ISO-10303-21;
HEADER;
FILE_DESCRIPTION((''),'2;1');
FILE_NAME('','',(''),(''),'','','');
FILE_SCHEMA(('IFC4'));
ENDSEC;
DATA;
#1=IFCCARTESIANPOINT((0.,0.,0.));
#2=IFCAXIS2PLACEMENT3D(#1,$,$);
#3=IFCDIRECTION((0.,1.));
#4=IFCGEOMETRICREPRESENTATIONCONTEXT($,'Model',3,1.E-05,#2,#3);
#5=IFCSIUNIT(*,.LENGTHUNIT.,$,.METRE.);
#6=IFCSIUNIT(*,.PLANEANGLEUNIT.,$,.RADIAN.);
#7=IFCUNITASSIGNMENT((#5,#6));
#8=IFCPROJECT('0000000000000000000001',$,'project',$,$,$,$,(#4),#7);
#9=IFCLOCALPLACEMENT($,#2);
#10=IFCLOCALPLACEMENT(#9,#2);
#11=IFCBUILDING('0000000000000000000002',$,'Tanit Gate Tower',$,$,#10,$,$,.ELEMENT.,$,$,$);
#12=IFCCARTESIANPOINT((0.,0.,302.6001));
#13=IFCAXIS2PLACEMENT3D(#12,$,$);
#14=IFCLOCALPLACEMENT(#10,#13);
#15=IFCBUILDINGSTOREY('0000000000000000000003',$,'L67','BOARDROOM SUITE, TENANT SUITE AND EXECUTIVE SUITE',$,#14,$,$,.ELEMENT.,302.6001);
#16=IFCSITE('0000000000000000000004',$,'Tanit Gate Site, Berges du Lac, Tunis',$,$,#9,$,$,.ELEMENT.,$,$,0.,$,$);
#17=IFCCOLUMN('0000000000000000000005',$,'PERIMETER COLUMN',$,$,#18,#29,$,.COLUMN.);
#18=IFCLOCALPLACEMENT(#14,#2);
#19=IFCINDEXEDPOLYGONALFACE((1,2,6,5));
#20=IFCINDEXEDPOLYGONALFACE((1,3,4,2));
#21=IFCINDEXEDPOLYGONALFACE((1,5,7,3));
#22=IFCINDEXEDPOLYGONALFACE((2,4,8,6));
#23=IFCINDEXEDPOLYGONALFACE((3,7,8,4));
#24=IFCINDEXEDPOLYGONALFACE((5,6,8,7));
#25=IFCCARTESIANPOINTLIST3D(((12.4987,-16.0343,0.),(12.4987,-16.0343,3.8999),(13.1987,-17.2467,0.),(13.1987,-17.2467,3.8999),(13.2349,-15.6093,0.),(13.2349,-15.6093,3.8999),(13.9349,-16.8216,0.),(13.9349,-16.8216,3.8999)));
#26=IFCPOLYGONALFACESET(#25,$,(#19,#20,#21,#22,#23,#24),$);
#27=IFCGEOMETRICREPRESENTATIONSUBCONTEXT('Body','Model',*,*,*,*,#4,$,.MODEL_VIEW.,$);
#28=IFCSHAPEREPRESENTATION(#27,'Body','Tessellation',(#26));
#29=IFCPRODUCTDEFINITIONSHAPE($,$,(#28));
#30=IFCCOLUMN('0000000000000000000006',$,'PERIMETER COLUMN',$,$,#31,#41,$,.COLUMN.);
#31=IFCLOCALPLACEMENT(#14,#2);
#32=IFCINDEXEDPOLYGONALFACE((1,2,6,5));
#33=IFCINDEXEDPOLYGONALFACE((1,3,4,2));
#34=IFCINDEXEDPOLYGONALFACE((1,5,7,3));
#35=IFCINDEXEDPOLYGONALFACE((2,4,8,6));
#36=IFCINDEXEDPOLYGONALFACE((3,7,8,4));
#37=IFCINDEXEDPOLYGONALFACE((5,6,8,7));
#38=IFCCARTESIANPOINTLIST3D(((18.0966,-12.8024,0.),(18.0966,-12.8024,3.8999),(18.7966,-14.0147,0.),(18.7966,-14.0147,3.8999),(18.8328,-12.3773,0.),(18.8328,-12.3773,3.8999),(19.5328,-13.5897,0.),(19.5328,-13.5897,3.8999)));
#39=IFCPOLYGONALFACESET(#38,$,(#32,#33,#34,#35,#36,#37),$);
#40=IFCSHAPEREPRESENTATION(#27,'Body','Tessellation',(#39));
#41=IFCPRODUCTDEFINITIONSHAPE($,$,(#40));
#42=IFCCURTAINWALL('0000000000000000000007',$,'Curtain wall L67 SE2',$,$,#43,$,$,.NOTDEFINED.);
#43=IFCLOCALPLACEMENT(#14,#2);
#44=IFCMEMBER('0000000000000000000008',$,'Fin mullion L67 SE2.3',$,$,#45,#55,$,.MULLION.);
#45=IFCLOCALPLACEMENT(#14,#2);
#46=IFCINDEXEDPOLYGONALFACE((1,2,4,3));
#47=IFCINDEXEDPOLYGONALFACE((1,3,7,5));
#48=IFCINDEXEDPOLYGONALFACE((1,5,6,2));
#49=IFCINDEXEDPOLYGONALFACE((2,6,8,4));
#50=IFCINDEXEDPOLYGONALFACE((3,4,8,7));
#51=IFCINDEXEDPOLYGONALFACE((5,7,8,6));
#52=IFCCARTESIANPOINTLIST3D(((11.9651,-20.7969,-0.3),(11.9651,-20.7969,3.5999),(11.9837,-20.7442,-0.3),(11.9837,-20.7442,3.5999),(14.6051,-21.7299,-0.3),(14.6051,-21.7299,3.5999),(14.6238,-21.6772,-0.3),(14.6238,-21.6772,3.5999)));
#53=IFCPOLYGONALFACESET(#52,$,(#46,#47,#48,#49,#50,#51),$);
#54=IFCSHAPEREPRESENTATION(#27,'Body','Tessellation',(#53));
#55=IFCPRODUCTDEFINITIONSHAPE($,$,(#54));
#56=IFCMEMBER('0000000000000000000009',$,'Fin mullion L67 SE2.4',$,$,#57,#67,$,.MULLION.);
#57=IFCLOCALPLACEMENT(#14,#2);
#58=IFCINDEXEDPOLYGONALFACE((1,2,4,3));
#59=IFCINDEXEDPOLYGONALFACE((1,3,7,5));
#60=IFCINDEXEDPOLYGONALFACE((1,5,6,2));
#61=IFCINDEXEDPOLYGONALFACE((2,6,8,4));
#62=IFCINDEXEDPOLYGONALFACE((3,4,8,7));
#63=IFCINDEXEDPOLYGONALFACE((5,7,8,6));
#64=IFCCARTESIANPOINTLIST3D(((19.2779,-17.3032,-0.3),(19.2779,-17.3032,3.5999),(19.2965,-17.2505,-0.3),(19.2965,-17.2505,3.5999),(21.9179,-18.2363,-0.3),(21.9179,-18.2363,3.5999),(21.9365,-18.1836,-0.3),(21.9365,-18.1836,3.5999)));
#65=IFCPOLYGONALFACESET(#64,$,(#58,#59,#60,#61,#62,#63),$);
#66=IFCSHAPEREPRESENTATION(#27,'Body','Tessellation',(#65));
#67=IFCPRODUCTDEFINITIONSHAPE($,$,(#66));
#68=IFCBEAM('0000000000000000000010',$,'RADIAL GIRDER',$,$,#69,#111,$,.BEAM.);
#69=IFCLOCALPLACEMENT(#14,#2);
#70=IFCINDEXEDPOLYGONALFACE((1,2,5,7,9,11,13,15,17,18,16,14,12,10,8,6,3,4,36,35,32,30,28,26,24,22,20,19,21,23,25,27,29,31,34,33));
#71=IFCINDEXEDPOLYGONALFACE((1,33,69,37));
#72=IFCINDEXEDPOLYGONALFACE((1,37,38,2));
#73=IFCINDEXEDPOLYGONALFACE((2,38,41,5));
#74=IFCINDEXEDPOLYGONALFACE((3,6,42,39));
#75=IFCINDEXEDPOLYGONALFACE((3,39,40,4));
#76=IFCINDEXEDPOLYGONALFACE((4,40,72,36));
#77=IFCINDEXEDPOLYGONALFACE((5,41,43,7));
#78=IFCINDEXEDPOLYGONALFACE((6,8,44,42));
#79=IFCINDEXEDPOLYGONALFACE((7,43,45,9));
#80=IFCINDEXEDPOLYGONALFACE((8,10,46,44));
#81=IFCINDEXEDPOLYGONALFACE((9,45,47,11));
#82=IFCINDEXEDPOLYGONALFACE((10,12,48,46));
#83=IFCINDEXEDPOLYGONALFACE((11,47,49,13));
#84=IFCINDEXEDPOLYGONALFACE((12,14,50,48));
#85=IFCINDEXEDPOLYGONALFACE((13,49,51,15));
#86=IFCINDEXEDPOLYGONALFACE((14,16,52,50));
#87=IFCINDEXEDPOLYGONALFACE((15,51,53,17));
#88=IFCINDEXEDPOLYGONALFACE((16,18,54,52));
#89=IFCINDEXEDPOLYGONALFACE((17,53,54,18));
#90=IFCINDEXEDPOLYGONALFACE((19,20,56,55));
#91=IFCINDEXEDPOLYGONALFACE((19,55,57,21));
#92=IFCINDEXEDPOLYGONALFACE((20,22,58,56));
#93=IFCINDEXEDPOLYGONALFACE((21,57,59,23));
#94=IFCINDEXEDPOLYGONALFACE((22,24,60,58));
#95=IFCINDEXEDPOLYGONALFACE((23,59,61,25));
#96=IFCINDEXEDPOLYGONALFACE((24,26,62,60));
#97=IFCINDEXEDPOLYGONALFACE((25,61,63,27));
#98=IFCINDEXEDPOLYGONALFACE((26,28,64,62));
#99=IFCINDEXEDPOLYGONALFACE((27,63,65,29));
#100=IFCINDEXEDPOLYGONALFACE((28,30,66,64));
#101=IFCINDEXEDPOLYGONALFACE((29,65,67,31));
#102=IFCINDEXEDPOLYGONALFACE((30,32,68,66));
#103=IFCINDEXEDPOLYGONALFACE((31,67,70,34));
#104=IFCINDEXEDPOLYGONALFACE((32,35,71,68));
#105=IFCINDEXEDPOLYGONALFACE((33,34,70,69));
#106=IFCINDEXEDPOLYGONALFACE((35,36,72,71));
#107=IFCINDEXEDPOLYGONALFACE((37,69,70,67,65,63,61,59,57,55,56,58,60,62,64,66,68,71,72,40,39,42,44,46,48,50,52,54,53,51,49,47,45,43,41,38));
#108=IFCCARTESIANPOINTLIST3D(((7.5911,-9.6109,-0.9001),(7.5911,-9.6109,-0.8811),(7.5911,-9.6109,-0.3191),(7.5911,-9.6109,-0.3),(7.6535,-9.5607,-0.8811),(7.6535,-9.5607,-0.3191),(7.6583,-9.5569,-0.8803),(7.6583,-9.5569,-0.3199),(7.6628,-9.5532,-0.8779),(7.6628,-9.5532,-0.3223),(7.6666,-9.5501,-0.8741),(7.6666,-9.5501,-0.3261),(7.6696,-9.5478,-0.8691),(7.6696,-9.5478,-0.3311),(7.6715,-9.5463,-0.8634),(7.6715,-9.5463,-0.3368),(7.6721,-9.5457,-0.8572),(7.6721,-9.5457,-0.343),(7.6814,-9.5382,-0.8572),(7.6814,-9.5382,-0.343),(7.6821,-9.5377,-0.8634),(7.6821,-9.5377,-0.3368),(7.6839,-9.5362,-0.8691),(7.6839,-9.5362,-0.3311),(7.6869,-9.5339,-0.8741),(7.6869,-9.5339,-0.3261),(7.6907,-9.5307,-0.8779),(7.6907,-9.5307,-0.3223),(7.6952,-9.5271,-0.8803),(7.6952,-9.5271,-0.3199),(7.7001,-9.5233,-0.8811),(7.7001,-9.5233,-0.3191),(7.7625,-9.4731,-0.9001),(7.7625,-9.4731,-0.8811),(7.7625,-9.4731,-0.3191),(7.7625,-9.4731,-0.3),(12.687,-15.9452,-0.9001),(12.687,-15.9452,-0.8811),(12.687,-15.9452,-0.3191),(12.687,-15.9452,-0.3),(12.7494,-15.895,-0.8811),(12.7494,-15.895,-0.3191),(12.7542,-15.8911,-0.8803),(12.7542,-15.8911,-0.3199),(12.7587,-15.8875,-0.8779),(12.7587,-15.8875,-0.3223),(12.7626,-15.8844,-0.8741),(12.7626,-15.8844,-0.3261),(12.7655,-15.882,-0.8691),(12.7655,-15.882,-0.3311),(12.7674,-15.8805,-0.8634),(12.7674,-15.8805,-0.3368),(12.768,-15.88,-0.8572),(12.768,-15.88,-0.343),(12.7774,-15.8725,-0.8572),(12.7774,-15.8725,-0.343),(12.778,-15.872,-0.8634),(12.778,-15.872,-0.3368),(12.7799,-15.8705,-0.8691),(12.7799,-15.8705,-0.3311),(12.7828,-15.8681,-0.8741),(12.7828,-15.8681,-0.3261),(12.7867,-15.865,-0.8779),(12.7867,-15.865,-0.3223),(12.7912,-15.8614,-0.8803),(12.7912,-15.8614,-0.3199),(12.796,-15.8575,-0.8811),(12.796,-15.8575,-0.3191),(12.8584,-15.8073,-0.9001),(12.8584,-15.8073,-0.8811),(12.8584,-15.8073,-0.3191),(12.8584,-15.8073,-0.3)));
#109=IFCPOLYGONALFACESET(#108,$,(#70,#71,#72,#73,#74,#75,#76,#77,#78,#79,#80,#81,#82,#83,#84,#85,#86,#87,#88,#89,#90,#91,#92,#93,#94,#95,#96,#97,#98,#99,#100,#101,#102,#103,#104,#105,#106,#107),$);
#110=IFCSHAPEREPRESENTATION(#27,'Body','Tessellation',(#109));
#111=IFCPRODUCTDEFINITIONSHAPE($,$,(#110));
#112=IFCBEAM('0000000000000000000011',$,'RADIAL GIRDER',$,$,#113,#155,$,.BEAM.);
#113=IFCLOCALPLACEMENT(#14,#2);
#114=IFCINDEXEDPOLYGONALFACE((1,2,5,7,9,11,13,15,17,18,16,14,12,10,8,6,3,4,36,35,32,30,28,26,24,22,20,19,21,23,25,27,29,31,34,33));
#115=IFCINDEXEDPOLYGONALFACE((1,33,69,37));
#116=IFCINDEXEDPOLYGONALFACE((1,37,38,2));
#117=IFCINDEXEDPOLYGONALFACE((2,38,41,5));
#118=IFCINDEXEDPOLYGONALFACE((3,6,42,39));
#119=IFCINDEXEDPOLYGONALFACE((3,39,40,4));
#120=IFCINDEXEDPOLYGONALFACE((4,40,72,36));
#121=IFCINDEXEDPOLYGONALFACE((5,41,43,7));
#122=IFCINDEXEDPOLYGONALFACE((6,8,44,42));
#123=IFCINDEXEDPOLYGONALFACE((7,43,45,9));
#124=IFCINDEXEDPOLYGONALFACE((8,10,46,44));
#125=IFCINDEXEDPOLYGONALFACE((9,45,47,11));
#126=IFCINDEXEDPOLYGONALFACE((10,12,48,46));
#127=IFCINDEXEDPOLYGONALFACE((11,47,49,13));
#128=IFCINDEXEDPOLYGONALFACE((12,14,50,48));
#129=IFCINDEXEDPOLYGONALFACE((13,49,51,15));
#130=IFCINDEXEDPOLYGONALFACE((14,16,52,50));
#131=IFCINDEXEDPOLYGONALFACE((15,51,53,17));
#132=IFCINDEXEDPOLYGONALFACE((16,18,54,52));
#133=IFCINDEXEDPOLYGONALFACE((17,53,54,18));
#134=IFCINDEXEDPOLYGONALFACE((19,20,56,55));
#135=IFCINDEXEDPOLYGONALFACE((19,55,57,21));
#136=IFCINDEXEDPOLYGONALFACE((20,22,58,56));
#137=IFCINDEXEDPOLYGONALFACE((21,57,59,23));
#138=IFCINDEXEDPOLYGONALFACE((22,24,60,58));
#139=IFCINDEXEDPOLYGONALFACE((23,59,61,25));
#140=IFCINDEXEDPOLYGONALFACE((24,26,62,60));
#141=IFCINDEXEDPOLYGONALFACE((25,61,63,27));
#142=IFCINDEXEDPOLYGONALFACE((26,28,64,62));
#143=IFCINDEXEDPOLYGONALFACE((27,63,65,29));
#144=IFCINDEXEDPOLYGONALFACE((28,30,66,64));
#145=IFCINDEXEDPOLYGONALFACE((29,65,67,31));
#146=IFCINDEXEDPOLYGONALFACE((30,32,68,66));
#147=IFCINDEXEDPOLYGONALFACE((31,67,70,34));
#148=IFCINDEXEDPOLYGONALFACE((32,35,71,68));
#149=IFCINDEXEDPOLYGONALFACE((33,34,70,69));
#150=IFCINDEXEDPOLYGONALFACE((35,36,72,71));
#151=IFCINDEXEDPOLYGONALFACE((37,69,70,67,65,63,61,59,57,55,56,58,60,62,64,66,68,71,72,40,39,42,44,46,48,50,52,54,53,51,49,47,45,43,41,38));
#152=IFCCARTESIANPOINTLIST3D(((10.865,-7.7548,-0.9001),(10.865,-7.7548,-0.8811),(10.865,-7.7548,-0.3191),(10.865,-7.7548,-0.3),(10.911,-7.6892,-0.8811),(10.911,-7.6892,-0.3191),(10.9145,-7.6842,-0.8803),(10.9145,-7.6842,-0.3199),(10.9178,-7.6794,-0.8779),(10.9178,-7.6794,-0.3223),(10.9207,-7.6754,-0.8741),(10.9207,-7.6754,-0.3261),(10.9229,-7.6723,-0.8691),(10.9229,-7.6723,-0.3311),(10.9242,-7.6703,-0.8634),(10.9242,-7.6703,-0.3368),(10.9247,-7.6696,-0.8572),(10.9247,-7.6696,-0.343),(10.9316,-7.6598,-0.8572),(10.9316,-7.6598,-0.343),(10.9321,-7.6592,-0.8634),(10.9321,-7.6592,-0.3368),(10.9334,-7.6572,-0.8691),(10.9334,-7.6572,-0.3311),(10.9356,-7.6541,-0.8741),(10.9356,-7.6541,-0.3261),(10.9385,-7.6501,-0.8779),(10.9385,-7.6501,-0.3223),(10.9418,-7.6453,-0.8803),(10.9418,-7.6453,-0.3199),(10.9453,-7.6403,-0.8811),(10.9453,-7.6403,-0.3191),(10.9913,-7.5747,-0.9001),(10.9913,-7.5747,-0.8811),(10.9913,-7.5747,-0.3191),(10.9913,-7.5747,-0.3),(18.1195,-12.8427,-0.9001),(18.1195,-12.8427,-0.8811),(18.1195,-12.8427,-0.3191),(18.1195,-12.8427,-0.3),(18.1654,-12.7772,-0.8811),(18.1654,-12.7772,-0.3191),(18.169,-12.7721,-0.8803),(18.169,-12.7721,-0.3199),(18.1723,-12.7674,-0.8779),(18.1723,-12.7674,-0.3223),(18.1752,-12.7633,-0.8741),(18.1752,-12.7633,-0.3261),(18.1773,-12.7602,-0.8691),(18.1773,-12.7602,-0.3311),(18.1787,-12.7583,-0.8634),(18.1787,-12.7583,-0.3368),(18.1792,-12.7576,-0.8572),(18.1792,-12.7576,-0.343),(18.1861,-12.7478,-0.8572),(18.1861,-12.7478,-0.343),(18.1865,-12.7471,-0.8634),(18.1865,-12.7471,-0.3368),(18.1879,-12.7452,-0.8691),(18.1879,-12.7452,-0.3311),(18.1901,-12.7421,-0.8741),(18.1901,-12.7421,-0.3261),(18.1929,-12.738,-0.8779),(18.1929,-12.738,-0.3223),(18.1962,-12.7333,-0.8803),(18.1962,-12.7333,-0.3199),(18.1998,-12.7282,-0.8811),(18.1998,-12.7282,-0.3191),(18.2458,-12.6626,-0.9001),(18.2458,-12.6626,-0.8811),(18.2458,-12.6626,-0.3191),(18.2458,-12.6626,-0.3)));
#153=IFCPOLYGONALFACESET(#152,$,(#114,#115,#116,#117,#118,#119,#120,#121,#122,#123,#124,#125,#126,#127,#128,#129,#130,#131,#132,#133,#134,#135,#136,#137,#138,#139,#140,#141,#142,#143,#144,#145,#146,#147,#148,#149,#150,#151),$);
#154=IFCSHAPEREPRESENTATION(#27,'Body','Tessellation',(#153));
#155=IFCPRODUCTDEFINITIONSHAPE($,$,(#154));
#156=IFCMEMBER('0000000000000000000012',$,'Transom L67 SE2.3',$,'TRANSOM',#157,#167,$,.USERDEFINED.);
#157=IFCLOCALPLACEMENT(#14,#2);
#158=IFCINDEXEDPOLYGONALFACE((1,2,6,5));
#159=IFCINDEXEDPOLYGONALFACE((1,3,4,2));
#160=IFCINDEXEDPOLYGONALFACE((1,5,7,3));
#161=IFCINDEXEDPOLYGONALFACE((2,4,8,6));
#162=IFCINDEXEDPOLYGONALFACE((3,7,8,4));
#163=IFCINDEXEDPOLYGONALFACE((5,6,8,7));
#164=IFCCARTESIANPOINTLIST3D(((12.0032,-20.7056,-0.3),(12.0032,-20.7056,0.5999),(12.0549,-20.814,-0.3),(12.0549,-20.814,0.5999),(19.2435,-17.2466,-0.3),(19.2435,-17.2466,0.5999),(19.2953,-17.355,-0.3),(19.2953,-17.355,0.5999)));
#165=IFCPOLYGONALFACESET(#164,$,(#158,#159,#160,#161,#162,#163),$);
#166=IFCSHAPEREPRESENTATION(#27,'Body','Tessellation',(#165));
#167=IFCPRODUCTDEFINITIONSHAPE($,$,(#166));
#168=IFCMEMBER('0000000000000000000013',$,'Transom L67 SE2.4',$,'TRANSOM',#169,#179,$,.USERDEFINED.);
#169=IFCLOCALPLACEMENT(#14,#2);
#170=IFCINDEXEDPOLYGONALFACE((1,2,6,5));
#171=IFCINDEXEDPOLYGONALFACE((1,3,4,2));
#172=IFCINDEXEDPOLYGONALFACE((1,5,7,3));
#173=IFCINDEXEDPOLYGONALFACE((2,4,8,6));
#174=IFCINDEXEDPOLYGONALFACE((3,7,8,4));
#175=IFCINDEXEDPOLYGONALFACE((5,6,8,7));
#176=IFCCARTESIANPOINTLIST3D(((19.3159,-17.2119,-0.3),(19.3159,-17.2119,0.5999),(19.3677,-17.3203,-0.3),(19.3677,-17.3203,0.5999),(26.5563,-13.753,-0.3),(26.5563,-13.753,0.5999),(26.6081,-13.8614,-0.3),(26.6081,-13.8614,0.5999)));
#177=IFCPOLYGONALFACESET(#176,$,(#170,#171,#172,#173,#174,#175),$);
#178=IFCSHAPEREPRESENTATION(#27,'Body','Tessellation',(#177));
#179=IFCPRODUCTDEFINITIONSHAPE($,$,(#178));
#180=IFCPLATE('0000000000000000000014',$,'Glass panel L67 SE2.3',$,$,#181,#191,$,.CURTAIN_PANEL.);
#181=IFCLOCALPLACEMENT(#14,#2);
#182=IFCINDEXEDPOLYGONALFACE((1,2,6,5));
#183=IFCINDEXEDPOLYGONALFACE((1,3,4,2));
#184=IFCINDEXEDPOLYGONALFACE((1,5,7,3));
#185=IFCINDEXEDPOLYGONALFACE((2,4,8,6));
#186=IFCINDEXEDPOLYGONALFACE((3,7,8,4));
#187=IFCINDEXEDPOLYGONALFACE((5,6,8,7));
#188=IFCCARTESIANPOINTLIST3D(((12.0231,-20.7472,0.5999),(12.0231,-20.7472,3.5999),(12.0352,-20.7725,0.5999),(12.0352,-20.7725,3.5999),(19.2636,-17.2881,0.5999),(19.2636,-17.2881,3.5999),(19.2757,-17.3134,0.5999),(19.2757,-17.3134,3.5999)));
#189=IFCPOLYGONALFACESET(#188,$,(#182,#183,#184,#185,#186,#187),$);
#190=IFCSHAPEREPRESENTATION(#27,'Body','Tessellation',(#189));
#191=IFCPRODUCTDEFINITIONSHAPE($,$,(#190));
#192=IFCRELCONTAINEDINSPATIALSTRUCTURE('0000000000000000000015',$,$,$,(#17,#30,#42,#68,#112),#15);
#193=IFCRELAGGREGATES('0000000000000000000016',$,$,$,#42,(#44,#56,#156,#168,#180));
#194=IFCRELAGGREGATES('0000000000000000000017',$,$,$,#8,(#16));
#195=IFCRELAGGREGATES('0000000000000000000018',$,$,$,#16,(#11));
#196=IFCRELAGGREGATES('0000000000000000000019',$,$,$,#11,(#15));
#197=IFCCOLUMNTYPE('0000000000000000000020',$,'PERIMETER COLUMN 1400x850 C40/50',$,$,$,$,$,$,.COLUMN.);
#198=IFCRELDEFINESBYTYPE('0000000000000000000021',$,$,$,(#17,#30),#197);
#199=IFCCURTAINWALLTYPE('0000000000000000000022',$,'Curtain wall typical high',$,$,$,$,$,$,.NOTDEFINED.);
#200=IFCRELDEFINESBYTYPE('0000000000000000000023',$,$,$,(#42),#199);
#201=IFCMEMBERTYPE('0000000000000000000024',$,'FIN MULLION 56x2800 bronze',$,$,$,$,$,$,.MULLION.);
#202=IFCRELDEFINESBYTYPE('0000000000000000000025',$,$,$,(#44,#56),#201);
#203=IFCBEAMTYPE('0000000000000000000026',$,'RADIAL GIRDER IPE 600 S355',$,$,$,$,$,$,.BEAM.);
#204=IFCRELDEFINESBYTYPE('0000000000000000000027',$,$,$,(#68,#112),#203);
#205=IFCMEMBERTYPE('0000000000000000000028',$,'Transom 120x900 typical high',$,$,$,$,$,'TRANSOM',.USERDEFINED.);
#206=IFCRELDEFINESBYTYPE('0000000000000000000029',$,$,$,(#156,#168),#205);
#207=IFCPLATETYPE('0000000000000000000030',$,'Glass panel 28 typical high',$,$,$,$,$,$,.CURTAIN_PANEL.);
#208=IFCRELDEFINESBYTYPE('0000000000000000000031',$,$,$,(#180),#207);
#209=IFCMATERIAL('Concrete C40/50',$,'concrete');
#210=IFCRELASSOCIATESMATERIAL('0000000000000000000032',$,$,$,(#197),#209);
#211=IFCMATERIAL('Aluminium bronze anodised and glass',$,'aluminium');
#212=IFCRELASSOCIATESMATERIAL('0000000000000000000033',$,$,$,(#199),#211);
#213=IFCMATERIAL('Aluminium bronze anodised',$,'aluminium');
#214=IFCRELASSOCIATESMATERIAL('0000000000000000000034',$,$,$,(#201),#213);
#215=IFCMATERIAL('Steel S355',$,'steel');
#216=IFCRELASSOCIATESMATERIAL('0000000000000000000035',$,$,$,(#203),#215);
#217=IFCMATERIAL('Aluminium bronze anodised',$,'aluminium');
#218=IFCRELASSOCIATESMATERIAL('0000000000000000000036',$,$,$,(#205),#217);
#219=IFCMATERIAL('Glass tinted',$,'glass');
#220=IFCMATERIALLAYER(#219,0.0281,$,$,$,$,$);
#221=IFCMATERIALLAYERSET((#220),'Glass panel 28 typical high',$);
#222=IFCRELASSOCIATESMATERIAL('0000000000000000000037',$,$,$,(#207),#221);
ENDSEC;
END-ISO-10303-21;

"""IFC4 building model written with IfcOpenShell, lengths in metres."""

from ifc_helpers import new_model, si_unit, direction, frame, origin, origin_2d, place, context, subcontext, project, spatial, rectangle, i_section, extrude, material, layer, layer_set, material_profile, profile_set, type_object, element, aggregate, save


model = new_model("IFC4")

# Units and contexts
model_context = context("Model", 3, precision=1e-05, world=origin(), true_north=direction((0.0, 1.0)))
body_context = subcontext(model_context, "Body", "Model", "MODEL_VIEW")
ifc_project = project(units=[si_unit("LENGTHUNIT", "METRE"), si_unit("PLANEANGLEUNIT", "RADIAN")], contexts=[model_context])

# Site, building, storey
site_placement = place(None, origin())
site = spatial("IfcSite", under=ifc_project, at=site_placement, Name="Tanit Gate Site, Berges du Lac, Tunis", CompositionType="ELEMENT", RefElevation=0.0)
building_placement = place(site_placement, origin())
building = spatial("IfcBuilding", under=site, at=building_placement, Name="Tanit Gate Tower", CompositionType="ELEMENT")
storey_placement = place(building_placement, frame((0.0, 0.0, 302.6001)))
storey = spatial("IfcBuildingStorey", under=building, at=storey_placement, Name="L67", Description="BOARDROOM SUITE, TENANT SUITE AND EXECUTIVE SUITE", CompositionType="ELEMENT", Elevation=302.6001)

# Columns
ifc_material_1 = material(Name="Concrete C40/50", Category="concrete")
ifc_material_profile_1 = material_profile(ifc_material_1, rectangle(XDim=1.3999, YDim=0.8501, at=origin_2d()), Name="RC 1400x850")
ifc_profile_set_1 = profile_set([ifc_material_profile_1], Name="Concrete C40/50")
column_type = type_object("IfcColumnType", Name="PERIMETER COLUMN 1400x850 C40/50", PredefinedType="COLUMN", material=ifc_profile_set_1)
for number, where, z_axis, x_axis, name in (
    (1, (13.2168, -16.428, 0.0), (0.0, 0.0, 1.0), (0.5, -0.866025, 0.0), "PERIMETER COLUMN"),
    (2, (18.8147, -13.196, 0.0), (0.0, 0.0, 1.0), (0.5, -0.866025, 0.0), "PERIMETER COLUMN"),
):
    element("IfcColumn", number, at=place(storey_placement, frame(where, z_axis=z_axis, x_axis=x_axis)), inside=storey, type_object=column_type, Name=name, PredefinedType="COLUMN", context=body_context, shape_type="SweptSolid", body=[
        extrude(rectangle(XDim=1.3999, YDim=0.8501, at=origin_2d()), origin(), (0.0, 0.0, 1.0), 3.8999),
    ])

# Curtain wall, members
ifc_material_2 = material(Name="Aluminium bronze anodised and glass", Category="aluminium")
curtain_wall_type = type_object("IfcCurtainWallType", Name="Curtain wall typical high", PredefinedType="NOTDEFINED", material=ifc_material_2)
curtain_wall_placement = place(storey_placement, origin())
curtain_wall = element("IfcCurtainWall", 3, at=curtain_wall_placement, inside=storey, type_object=curtain_wall_type, Name="Curtain wall L67 SE2", PredefinedType="NOTDEFINED")
ifc_material_3 = material(Name="Aluminium bronze anodised", Category="aluminium")
ifc_material_profile_2 = material_profile(ifc_material_3, rectangle(XDim=2.8, YDim=0.0559, at=origin_2d()), Name="56x2800 bronze fin mullion")
ifc_profile_set_2 = profile_set([ifc_material_profile_2], Name="Aluminium bronze anodised")
member_type_1 = type_object("IfcMemberType", Name="FIN MULLION 56x2800 bronze", PredefinedType="MULLION", material=ifc_profile_set_2)
member_1_placement = place(storey_placement, frame((13.2944, -21.2371, -0.3), z_axis=(0.0, 0.0, 1.0), x_axis=(-0.942849, 0.33322, 0.0)))
member_1 = element("IfcMember", 4, at=member_1_placement, type_object=member_type_1, Name="Fin mullion L67 SE2.3", PredefinedType="MULLION", context=body_context, shape_type="SweptSolid", body=[
    extrude(rectangle(XDim=2.8, YDim=0.0559, at=origin_2d()), origin(), (0.0, 0.0, 1.0), 3.8999),
])
member_2_placement = place(storey_placement, frame((20.6072, -17.7434, -0.3), z_axis=(0.0, 0.0, 1.0), x_axis=(-0.942849, 0.33322, 0.0)))
member_2 = element("IfcMember", 5, at=member_2_placement, type_object=member_type_1, Name="Fin mullion L67 SE2.4", PredefinedType="MULLION", context=body_context, shape_type="SweptSolid", body=[
    extrude(rectangle(XDim=2.8, YDim=0.0559, at=origin_2d()), origin(), (0.0, 0.0, 1.0), 3.8999),
])

# Beams
ifc_material_4 = material(Name="Steel S355", Category="steel")
ifc_material_profile_3 = material_profile(ifc_material_4, i_section(OverallWidth=0.22, OverallDepth=0.6001, WebThickness=0.012, FlangeThickness=0.019, FilletRadius=0.0239, at=origin_2d()), Name="IPE 600")
ifc_profile_set_3 = profile_set([ifc_material_profile_3], Name="Steel S355")
beam_type = type_object("IfcBeamType", Name="RADIAL GIRDER IPE 600 S355", PredefinedType="BEAM", material=ifc_profile_set_3)
beam_1_placement = place(storey_placement, frame((12.7727, -15.8762, -0.6001), z_axis=(-0.626835, 0.779152, 0.0), x_axis=(-0.779152, -0.626835, 0.0)))
element("IfcBeam", 6, at=beam_1_placement, inside=storey, type_object=beam_type, Name="RADIAL GIRDER", PredefinedType="BEAM", context=body_context, shape_type="SweptSolid", body=[
    extrude(i_section(OverallWidth=0.22, OverallDepth=0.6001, WebThickness=0.012, FlangeThickness=0.019, FilletRadius=0.0239, at=origin_2d()), origin(), (0.0, 0.0, 1.0), 8.1296),
])
beam_2_placement = place(storey_placement, frame((18.1826, -12.7527, -0.6001), z_axis=(-0.818711, 0.574205, 0.0), x_axis=(-0.574205, -0.818711, 0.0)))
element("IfcBeam", 7, at=beam_2_placement, inside=storey, type_object=beam_type, Name="RADIAL GIRDER", PredefinedType="BEAM", context=body_context, shape_type="SweptSolid", body=[
    extrude(i_section(OverallWidth=0.22, OverallDepth=0.6001, WebThickness=0.012, FlangeThickness=0.019, FilletRadius=0.0239, at=origin_2d()), origin(), (0.0, 0.0, 1.0), 8.8608),
])

# Members
ifc_material_5 = material(Name="Aluminium bronze anodised", Category="aluminium")
ifc_material_profile_4 = material_profile(ifc_material_5, rectangle(XDim=0.1201, YDim=0.8999, at=origin_2d()), Name="120x900 bronze transom")
ifc_profile_set_4 = profile_set([ifc_material_profile_4], Name="Aluminium bronze anodised")
member_type_2 = type_object("IfcMemberType", Name="Transom 120x900 typical high", ElementType="TRANSOM", PredefinedType="USERDEFINED", material=ifc_profile_set_4)
member_3_placement = place(storey_placement, frame((12.0291, -20.7598, 0.1499), z_axis=(0.902321, 0.431065, 0.0), x_axis=(-0.431065, 0.902321, 0.0)))
member_3 = element("IfcMember", 8, at=member_3_placement, type_object=member_type_2, Name="Transom L67 SE2.3", ObjectType="TRANSOM", PredefinedType="USERDEFINED", context=body_context, shape_type="SweptSolid", body=[
    extrude(rectangle(XDim=0.1201, YDim=0.8999, at=origin_2d()), origin(), (0.0, 0.0, 1.0), 8.0242),
])
member_4_placement = place(storey_placement, frame((19.3418, -17.2661, 0.1499), z_axis=(0.902321, 0.431065, 0.0), x_axis=(-0.431065, 0.902321, 0.0)))
member_4 = element("IfcMember", 9, at=member_4_placement, type_object=member_type_2, Name="Transom L67 SE2.4", ObjectType="TRANSOM", PredefinedType="USERDEFINED", context=body_context, shape_type="SweptSolid", body=[
    extrude(rectangle(XDim=0.1201, YDim=0.8999, at=origin_2d()), origin(), (0.0, 0.0, 1.0), 8.0242),
])

# Plate
ifc_material_6 = material(Name="Glass tinted", Category="glass")
ifc_layer_1 = layer(ifc_material_6, 0.0281)
ifc_layer_set_1 = layer_set([ifc_layer_1], Name="Glass panel 28 typical high")
plate_type = type_object("IfcPlateType", Name="Glass panel 28 typical high", PredefinedType="CURTAIN_PANEL", material=ifc_layer_set_1)
plate_placement = place(storey_placement, frame((15.6494, -19.0303, 0.5999), z_axis=(0.0, 0.0, 1.0), x_axis=(0.902317, 0.431073, 0.0)))
plate = element("IfcPlate", 10, at=plate_placement, type_object=plate_type, Name="Glass panel L67 SE2.3", PredefinedType="CURTAIN_PANEL", context=body_context, shape_type="SweptSolid", body=[
    extrude(rectangle(XDim=8.0244, YDim=0.0281, at=origin_2d()), origin(), (0.0, 0.0, 1.0), 3.0),
])
aggregate(curtain_wall, [member_1, member_2, member_3, member_4, plate])

save(model, "model.ifc")
